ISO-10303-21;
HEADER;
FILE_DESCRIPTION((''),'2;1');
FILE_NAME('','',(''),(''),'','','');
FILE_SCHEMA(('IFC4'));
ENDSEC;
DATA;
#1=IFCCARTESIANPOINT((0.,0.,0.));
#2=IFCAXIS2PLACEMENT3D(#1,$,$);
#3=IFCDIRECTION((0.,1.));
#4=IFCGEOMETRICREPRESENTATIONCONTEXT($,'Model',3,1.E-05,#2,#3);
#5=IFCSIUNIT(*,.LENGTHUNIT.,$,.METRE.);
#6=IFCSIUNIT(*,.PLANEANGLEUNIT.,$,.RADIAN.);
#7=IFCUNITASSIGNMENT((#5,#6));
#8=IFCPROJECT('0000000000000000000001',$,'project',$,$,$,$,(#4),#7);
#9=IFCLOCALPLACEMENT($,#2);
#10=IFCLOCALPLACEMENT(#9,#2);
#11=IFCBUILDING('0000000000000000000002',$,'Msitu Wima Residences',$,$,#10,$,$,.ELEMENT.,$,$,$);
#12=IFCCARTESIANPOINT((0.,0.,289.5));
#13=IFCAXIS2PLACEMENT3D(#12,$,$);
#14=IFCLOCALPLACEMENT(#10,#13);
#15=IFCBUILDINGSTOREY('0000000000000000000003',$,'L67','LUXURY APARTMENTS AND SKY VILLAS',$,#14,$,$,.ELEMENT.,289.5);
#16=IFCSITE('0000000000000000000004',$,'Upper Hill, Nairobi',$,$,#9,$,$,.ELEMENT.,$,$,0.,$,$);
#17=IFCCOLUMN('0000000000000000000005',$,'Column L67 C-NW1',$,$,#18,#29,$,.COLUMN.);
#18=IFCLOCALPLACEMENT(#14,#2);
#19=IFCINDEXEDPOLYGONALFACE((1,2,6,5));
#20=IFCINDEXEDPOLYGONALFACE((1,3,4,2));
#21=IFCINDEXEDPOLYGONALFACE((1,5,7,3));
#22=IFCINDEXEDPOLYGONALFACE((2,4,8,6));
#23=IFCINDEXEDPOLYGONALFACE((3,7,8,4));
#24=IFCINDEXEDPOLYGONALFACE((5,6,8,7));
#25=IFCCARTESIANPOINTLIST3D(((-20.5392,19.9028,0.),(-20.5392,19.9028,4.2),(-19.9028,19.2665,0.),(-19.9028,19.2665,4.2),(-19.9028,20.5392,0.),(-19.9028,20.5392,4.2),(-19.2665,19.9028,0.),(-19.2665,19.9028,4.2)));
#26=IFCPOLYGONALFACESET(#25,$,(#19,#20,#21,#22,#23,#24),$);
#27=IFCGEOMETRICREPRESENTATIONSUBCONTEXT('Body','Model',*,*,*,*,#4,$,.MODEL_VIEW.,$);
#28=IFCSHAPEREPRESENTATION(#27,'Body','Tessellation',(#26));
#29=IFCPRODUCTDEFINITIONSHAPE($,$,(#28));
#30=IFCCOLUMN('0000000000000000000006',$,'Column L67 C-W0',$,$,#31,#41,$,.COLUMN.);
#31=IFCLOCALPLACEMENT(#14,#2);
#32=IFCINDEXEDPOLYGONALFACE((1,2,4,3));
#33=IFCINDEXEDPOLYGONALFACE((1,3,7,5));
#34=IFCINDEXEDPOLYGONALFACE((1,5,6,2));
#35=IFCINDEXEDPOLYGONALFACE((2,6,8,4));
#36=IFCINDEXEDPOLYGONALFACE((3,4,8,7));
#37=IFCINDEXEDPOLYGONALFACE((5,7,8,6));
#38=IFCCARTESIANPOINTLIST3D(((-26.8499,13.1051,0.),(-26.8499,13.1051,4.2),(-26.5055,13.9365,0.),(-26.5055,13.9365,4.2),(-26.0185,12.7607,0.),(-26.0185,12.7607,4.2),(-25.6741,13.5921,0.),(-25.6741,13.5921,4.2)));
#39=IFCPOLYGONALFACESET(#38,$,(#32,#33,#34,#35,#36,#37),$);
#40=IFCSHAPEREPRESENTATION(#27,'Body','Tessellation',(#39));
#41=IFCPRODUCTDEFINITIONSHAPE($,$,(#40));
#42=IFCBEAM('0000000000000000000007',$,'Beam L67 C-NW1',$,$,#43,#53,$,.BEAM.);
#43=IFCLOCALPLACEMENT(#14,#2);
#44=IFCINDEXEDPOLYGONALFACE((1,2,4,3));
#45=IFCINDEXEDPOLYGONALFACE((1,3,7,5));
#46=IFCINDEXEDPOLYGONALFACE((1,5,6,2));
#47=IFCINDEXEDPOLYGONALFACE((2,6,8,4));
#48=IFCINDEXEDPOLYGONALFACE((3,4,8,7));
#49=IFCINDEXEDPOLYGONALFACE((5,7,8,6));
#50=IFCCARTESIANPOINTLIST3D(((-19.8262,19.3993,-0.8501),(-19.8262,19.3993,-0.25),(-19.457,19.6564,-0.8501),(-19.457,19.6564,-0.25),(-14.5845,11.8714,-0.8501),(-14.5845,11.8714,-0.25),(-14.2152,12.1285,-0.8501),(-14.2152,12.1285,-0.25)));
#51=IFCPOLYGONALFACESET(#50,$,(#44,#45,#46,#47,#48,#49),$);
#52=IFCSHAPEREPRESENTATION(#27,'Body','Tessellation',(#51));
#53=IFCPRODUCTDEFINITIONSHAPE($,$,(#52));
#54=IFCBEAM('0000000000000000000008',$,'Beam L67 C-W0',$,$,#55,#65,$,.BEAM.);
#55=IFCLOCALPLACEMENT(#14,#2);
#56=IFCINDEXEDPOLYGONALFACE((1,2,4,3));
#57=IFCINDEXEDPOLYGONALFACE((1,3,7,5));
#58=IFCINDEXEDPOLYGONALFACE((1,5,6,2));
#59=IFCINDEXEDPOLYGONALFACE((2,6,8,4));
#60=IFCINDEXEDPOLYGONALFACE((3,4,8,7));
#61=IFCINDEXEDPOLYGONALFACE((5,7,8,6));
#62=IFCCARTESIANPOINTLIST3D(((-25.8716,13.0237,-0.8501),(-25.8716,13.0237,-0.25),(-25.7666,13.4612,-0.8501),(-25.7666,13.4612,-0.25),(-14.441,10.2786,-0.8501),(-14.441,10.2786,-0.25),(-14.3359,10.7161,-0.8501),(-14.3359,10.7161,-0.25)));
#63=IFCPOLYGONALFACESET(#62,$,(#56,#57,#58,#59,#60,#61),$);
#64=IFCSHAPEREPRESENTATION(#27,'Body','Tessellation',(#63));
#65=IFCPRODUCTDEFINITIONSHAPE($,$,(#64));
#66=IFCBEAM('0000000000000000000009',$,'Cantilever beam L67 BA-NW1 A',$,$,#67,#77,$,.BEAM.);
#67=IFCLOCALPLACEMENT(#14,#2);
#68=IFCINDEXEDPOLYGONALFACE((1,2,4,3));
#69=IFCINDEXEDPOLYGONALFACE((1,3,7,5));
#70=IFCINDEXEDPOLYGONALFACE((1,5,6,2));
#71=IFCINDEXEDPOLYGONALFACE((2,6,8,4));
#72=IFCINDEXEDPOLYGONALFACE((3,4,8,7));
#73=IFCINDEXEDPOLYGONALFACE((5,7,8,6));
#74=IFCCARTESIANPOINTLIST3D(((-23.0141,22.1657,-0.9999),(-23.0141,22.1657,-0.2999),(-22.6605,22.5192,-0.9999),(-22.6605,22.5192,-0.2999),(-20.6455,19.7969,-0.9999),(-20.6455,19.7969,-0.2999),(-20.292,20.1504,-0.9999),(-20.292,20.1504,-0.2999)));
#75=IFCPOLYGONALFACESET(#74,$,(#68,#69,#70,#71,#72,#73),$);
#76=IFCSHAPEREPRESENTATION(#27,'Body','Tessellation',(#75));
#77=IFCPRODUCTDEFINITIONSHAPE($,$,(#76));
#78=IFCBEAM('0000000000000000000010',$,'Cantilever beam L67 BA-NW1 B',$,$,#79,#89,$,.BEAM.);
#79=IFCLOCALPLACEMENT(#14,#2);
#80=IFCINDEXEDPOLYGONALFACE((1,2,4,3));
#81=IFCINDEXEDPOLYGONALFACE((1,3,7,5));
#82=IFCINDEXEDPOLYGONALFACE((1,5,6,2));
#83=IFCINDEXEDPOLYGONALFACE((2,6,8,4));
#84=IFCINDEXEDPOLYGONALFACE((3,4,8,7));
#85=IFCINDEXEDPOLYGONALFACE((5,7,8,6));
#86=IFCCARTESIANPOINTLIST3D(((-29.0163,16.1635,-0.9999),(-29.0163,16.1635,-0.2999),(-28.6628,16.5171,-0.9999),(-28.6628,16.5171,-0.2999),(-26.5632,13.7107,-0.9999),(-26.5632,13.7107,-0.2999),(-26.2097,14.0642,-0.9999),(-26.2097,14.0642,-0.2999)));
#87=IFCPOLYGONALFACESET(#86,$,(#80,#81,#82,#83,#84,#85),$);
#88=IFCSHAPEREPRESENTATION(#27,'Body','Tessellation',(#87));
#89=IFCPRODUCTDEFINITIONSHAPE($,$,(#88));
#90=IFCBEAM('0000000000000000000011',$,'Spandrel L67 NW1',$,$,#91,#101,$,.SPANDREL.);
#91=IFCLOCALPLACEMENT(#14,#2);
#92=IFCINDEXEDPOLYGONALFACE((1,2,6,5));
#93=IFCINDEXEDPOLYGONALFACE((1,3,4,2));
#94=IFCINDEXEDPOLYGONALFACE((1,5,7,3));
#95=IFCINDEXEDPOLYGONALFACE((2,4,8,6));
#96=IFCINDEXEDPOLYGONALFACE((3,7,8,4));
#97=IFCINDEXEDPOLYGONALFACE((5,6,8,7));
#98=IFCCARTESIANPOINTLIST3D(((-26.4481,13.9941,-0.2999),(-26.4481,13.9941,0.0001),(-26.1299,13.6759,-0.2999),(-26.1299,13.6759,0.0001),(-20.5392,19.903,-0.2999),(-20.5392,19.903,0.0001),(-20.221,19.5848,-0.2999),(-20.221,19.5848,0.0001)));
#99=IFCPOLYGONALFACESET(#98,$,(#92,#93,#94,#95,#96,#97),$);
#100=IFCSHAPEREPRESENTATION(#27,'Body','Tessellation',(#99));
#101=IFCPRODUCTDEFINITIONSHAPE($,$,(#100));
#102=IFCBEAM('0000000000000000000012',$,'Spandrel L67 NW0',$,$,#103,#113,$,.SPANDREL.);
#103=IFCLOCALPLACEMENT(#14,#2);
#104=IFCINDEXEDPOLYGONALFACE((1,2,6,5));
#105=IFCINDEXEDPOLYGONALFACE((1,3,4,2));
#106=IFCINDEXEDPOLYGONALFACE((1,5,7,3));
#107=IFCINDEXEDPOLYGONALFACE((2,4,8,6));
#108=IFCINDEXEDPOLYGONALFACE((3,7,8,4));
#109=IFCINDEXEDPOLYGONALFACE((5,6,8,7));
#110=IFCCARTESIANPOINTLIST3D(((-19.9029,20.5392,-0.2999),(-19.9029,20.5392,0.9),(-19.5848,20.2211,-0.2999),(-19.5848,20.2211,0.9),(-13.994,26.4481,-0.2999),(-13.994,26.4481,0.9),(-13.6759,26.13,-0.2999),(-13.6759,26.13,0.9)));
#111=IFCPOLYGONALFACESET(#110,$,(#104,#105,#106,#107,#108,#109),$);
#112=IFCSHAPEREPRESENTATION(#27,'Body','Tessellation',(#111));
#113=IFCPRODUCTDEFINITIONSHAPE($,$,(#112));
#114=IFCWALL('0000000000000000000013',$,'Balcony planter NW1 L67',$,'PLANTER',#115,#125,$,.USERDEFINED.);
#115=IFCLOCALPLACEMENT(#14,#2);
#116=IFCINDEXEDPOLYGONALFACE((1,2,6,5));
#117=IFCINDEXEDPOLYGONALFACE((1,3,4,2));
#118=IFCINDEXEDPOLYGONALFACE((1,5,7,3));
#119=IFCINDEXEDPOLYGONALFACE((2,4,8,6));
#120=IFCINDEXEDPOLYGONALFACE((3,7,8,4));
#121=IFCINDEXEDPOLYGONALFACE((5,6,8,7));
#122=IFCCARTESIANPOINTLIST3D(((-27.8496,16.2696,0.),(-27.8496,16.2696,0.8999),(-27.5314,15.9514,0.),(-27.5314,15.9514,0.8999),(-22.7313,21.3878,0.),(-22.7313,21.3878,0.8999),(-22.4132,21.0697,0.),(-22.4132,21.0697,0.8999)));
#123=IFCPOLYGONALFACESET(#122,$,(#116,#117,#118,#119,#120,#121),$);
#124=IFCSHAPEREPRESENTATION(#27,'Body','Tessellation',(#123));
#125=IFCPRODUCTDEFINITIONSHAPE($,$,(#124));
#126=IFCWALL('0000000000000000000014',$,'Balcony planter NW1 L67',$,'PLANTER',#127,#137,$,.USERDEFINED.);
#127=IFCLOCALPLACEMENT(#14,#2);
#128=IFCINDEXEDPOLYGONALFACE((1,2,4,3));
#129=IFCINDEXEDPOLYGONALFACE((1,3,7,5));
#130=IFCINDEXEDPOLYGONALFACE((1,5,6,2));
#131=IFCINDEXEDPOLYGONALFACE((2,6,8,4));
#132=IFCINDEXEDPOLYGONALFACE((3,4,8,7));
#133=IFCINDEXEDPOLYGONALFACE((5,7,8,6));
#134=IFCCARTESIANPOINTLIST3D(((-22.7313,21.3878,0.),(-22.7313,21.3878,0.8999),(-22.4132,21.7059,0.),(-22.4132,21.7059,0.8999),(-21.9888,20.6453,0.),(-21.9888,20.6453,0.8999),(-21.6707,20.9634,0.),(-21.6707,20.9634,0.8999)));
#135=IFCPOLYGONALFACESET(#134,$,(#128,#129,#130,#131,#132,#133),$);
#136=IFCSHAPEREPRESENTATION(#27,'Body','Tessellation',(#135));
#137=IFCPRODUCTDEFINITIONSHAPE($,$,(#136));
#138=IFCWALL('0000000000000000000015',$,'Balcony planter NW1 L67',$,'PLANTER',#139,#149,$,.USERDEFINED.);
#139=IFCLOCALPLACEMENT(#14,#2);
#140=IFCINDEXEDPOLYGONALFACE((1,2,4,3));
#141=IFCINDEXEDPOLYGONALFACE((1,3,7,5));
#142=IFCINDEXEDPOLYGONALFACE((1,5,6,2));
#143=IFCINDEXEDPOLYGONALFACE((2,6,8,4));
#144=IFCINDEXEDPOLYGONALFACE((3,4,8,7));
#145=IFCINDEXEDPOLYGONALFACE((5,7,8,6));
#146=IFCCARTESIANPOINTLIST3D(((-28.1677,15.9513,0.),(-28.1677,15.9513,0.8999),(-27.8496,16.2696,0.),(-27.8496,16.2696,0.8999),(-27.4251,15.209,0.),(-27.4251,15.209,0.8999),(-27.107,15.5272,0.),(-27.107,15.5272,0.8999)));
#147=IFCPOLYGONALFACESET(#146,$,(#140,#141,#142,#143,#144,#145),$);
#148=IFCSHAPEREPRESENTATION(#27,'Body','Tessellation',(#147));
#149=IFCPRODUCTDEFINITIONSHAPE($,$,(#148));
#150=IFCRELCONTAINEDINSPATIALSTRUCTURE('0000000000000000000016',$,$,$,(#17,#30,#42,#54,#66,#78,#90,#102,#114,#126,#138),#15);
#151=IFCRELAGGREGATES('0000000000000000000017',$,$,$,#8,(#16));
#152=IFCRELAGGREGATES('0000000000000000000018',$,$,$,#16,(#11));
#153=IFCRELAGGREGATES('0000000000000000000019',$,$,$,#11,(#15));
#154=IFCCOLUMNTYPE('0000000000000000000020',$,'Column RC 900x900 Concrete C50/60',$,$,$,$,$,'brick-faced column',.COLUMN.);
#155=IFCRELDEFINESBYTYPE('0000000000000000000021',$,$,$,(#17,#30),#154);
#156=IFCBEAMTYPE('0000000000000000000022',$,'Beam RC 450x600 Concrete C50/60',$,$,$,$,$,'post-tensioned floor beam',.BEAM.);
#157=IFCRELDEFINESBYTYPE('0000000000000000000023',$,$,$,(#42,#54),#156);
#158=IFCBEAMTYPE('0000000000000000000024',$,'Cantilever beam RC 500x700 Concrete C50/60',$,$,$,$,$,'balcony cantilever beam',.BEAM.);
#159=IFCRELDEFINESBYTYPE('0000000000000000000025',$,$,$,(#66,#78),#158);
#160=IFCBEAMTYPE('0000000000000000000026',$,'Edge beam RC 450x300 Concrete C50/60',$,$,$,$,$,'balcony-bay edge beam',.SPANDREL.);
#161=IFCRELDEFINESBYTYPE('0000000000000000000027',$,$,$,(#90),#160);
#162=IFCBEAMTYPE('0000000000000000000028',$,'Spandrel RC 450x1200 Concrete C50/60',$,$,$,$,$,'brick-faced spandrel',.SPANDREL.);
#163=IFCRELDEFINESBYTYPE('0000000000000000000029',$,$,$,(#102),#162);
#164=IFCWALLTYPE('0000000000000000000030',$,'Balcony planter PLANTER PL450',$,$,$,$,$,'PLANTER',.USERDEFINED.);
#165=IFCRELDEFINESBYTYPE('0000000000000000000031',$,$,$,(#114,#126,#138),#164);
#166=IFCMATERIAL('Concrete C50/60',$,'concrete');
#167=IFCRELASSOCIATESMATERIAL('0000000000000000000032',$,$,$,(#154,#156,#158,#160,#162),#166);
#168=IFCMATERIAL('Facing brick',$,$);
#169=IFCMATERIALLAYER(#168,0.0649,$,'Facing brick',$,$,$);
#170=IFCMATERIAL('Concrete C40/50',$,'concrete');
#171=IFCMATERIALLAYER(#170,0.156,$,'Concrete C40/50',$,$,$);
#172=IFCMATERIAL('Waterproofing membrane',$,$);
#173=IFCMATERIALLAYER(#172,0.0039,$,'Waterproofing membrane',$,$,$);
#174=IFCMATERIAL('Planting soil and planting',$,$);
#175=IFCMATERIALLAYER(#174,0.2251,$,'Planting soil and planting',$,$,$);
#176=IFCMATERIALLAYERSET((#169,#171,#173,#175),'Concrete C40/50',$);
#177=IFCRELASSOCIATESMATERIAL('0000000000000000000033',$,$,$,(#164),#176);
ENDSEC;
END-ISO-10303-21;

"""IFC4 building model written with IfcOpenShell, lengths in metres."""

from ifc_helpers import new_model, si_unit, direction, frame, frame_2d, origin, origin_2d, place, context, subcontext, project, spatial, rectangle, extrude, material, layer, layer_set, material_profile, profile_set, type_object, element, save


model = new_model("IFC4")

# Units and contexts
model_context = context("Model", 3, precision=1e-05, world=origin(), true_north=direction((0.0, 1.0)))
body_context = subcontext(model_context, "Body", "Model", "MODEL_VIEW")
ifc_project = project(units=[si_unit("LENGTHUNIT", "METRE"), si_unit("PLANEANGLEUNIT", "RADIAN")], contexts=[model_context])

# Site, building, storey
site_placement = place(None, origin())
site = spatial("IfcSite", under=ifc_project, at=site_placement, Name="Upper Hill, Nairobi", CompositionType="ELEMENT", RefElevation=0.0)
building_placement = place(site_placement, origin())
building = spatial("IfcBuilding", under=site, at=building_placement, Name="Msitu Wima Residences", CompositionType="ELEMENT")
storey_placement = place(building_placement, frame((0.0, 0.0, 289.5)))
storey = spatial("IfcBuildingStorey", under=building, at=storey_placement, Name="L67", Description="LUXURY APARTMENTS AND SKY VILLAS", CompositionType="ELEMENT", Elevation=289.5)

# Columns
ifc_material_1 = material(Name="Concrete C50/60", Category="concrete")
ifc_material_profile_1 = material_profile(ifc_material_1, rectangle(XDim=0.8999, YDim=0.8999, at=origin_2d()), Name="RC 900x900")
ifc_profile_set_1 = profile_set([ifc_material_profile_1], Name="Concrete C50/60")
column_type = type_object("IfcColumnType", Name="Column RC 900x900 Concrete C50/60", ElementType="brick-faced column", PredefinedType="COLUMN", material=ifc_profile_set_1)
for number, where, z_axis, x_axis, name in (
    (1, (-19.9028, 19.9028, 0.0), (0.0, 0.0, 1.0), (-0.707107, -0.707107, 0.0), "Column L67 C-NW1"),
    (2, (-26.262, 13.3486, 0.0), (0.0, 0.0, 1.0), (-0.382683, -0.92388, 0.0), "Column L67 C-W0"),
):
    element("IfcColumn", number, at=place(storey_placement, frame(where, z_axis=z_axis, x_axis=x_axis)), inside=storey, type_object=column_type, Name=name, PredefinedType="COLUMN", context=body_context, shape_type="SweptSolid", body=[
        extrude(rectangle(XDim=0.8999, YDim=0.8999, at=origin_2d()), origin(), (0.0, 0.0, 1.0), 4.2),
    ])

# Beams
ifc_material_profile_2 = material_profile(ifc_material_1, rectangle(XDim=0.45, YDim=0.6001, at=origin_2d()), Name="RC 450x600")
ifc_profile_set_2 = profile_set([ifc_material_profile_2], Name="Concrete C50/60")
beam_type_1 = type_object("IfcBeamType", Name="Beam RC 450x600 Concrete C50/60", ElementType="post-tensioned floor beam", PredefinedType="BEAM", material=ifc_profile_set_2)
beam_1_placement = place(storey_placement, frame((-19.6416, 19.5278, -0.55), z_axis=(0.571428, -0.820652, 0.0), x_axis=(0.820652, 0.571428, 0.0)))
element("IfcBeam", 3, at=beam_1_placement, inside=storey, type_object=beam_type_1, Name="Beam L67 C-NW1", PredefinedType="BEAM", context=body_context, shape_type="SweptSolid", body=[
    extrude(rectangle(XDim=0.45, YDim=0.6001, at=origin_2d()), origin(), (0.0, 0.0, 1.0), 9.1731),
])
beam_2_placement = place(storey_placement, frame((-25.8191, 13.2424, -0.55), z_axis=(0.972353, -0.233514, 0.0), x_axis=(0.233514, 0.972353, 0.0)))
element("IfcBeam", 4, at=beam_2_placement, inside=storey, type_object=beam_type_1, Name="Beam L67 C-W0", PredefinedType="BEAM", context=body_context, shape_type="SweptSolid", body=[
    extrude(rectangle(XDim=0.45, YDim=0.6001, at=origin_2d()), origin(), (0.0, 0.0, 1.0), 11.7556),
])
ifc_material_profile_3 = material_profile(ifc_material_1, rectangle(XDim=0.5, YDim=0.7, at=origin_2d()), Name="RC 500x700")
ifc_profile_set_3 = profile_set([ifc_material_profile_3], Name="Concrete C50/60")
beam_type_2 = type_object("IfcBeamType", Name="Cantilever beam RC 500x700 Concrete C50/60", ElementType="balcony cantilever beam", PredefinedType="BEAM", material=ifc_profile_set_3)
beam_3_placement = place(storey_placement, frame((-20.4688, 19.9736, -0.6499), z_axis=(-0.70707, 0.707143, 0.0), x_axis=(-0.707143, -0.70707, 0.0)))
element("IfcBeam", 5, at=beam_3_placement, inside=storey, type_object=beam_type_2, Name="Cantilever beam L67 BA-NW1 A", PredefinedType="BEAM", context=body_context, shape_type="SweptSolid", body=[
    extrude(rectangle(XDim=0.5, YDim=0.7, at=origin_2d()), origin(), (0.0, 0.0, 1.0), 3.3499),
])
beam_4_placement = place(storey_placement, frame((-26.3865, 13.8875, -0.6499), z_axis=(-0.707142, 0.707072, 0.0), x_axis=(-0.707072, -0.707142, 0.0)))
element("IfcBeam", 6, at=beam_4_placement, inside=storey, type_object=beam_type_2, Name="Cantilever beam L67 BA-NW1 B", PredefinedType="BEAM", context=body_context, shape_type="SweptSolid", body=[
    extrude(rectangle(XDim=0.5, YDim=0.7, at=origin_2d()), origin(), (0.0, 0.0, 1.0), 3.469),
])
ifc_material_profile_4 = material_profile(ifc_material_1, rectangle(XDim=0.45, YDim=0.3, at=origin_2d()), Name="RC 450x300")
ifc_profile_set_4 = profile_set([ifc_material_profile_4], Name="Concrete C50/60")
beam_type_3 = type_object("IfcBeamType", Name="Edge beam RC 450x300 Concrete C50/60", ElementType="balcony-bay edge beam", PredefinedType="SPANDREL", material=ifc_profile_set_4)
beam_5_placement = place(storey_placement, frame((-20.3801, 19.7439, -0.1499), z_axis=(-0.707107, -0.707107, 0.0), x_axis=(0.707107, -0.707107, 0.0)))
element("IfcBeam", 7, at=beam_5_placement, inside=storey, type_object=beam_type_3, Name="Spandrel L67 NW1", PredefinedType="SPANDREL", context=body_context, shape_type="SweptSolid", body=[
    extrude(rectangle(XDim=0.45, YDim=0.3, at=origin_2d()), origin(), (0.0, 0.0, 1.0), 8.3564),
])
ifc_material_profile_5 = material_profile(ifc_material_1, rectangle(XDim=0.45, YDim=1.2, at=origin_2d()), Name="RC 450x1200")
ifc_profile_set_5 = profile_set([ifc_material_profile_5], Name="Concrete C50/60")
beam_type_4 = type_object("IfcBeamType", Name="Spandrel RC 450x1200 Concrete C50/60", ElementType="brick-faced spandrel", PredefinedType="SPANDREL", material=ifc_profile_set_5)
beam_6_placement = place(storey_placement, frame((-13.835, 26.2891, 0.3), z_axis=(-0.707107, -0.707107, 0.0), x_axis=(0.707107, -0.707107, 0.0)))
element("IfcBeam", 8, at=beam_6_placement, inside=storey, type_object=beam_type_4, Name="Spandrel L67 NW0", PredefinedType="SPANDREL", context=body_context, shape_type="SweptSolid", body=[
    extrude(rectangle(XDim=0.45, YDim=1.2, at=origin_2d()), origin(), (0.0, 0.0, 1.0), 8.3564),
])

# Walls
ifc_material_2 = material(Name="Facing brick")
ifc_layer_1 = layer(ifc_material_2, 0.0649, Name="Facing brick")
ifc_material_3 = material(Name="Concrete C40/50", Category="concrete")
ifc_layer_2 = layer(ifc_material_3, 0.156, Name="Concrete C40/50")
ifc_material_4 = material(Name="Waterproofing membrane")
ifc_layer_3 = layer(ifc_material_4, 0.0039, Name="Waterproofing membrane")
ifc_material_5 = material(Name="Planting soil and planting")
ifc_layer_4 = layer(ifc_material_5, 0.2251, Name="Planting soil and planting")
ifc_layer_set_1 = layer_set([ifc_layer_1, ifc_layer_2, ifc_layer_3, ifc_layer_4], Name="Concrete C40/50")
wall_type_1 = type_object("IfcWallType", Name="Balcony planter PLANTER PL450", ElementType="PLANTER", PredefinedType="USERDEFINED", material=ifc_layer_set_1)
wall_1_placement = place(storey_placement, frame((-22.5723, 21.2288, 0.0), z_axis=(0.0, 0.0, 1.0), x_axis=(-0.707107, -0.707107, 0.0)))
element("IfcWall", 9, at=wall_1_placement, inside=storey, type_object=wall_type_1, Name="Balcony planter NW1 L67", ObjectType="PLANTER", PredefinedType="USERDEFINED", context=body_context, shape_type="SweptSolid", body=[
    extrude(rectangle(XDim=7.2383, YDim=0.45, at=frame_2d((3.6191, 0.0))), origin(), (0.0, 0.0, 1.0), 0.8999),
])
for number, where, z_axis, x_axis, name in (
    (10, (-21.8298, 20.8044, 0.0), (0.0, 0.0, 1.0), (-0.707107, 0.707107, 0.0), "Balcony planter NW1 L67"),
    (11, (-27.2661, 15.3682, 0.0), (0.0, 0.0, 1.0), (-0.707223, 0.706991, 0.0), "Balcony planter NW1 L67"),
):
    element("IfcWall", number, at=place(storey_placement, frame(where, z_axis=z_axis, x_axis=x_axis)), inside=storey, type_object=wall_type_1, Name=name, ObjectType="PLANTER", PredefinedType="USERDEFINED", context=body_context, shape_type="SweptSolid", body=[
        extrude(rectangle(XDim=1.05, YDim=0.45, at=frame_2d((0.5249, 0.0))), origin(), (0.0, 0.0, 1.0), 0.8999),
    ])

save(model, "model.ifc")
